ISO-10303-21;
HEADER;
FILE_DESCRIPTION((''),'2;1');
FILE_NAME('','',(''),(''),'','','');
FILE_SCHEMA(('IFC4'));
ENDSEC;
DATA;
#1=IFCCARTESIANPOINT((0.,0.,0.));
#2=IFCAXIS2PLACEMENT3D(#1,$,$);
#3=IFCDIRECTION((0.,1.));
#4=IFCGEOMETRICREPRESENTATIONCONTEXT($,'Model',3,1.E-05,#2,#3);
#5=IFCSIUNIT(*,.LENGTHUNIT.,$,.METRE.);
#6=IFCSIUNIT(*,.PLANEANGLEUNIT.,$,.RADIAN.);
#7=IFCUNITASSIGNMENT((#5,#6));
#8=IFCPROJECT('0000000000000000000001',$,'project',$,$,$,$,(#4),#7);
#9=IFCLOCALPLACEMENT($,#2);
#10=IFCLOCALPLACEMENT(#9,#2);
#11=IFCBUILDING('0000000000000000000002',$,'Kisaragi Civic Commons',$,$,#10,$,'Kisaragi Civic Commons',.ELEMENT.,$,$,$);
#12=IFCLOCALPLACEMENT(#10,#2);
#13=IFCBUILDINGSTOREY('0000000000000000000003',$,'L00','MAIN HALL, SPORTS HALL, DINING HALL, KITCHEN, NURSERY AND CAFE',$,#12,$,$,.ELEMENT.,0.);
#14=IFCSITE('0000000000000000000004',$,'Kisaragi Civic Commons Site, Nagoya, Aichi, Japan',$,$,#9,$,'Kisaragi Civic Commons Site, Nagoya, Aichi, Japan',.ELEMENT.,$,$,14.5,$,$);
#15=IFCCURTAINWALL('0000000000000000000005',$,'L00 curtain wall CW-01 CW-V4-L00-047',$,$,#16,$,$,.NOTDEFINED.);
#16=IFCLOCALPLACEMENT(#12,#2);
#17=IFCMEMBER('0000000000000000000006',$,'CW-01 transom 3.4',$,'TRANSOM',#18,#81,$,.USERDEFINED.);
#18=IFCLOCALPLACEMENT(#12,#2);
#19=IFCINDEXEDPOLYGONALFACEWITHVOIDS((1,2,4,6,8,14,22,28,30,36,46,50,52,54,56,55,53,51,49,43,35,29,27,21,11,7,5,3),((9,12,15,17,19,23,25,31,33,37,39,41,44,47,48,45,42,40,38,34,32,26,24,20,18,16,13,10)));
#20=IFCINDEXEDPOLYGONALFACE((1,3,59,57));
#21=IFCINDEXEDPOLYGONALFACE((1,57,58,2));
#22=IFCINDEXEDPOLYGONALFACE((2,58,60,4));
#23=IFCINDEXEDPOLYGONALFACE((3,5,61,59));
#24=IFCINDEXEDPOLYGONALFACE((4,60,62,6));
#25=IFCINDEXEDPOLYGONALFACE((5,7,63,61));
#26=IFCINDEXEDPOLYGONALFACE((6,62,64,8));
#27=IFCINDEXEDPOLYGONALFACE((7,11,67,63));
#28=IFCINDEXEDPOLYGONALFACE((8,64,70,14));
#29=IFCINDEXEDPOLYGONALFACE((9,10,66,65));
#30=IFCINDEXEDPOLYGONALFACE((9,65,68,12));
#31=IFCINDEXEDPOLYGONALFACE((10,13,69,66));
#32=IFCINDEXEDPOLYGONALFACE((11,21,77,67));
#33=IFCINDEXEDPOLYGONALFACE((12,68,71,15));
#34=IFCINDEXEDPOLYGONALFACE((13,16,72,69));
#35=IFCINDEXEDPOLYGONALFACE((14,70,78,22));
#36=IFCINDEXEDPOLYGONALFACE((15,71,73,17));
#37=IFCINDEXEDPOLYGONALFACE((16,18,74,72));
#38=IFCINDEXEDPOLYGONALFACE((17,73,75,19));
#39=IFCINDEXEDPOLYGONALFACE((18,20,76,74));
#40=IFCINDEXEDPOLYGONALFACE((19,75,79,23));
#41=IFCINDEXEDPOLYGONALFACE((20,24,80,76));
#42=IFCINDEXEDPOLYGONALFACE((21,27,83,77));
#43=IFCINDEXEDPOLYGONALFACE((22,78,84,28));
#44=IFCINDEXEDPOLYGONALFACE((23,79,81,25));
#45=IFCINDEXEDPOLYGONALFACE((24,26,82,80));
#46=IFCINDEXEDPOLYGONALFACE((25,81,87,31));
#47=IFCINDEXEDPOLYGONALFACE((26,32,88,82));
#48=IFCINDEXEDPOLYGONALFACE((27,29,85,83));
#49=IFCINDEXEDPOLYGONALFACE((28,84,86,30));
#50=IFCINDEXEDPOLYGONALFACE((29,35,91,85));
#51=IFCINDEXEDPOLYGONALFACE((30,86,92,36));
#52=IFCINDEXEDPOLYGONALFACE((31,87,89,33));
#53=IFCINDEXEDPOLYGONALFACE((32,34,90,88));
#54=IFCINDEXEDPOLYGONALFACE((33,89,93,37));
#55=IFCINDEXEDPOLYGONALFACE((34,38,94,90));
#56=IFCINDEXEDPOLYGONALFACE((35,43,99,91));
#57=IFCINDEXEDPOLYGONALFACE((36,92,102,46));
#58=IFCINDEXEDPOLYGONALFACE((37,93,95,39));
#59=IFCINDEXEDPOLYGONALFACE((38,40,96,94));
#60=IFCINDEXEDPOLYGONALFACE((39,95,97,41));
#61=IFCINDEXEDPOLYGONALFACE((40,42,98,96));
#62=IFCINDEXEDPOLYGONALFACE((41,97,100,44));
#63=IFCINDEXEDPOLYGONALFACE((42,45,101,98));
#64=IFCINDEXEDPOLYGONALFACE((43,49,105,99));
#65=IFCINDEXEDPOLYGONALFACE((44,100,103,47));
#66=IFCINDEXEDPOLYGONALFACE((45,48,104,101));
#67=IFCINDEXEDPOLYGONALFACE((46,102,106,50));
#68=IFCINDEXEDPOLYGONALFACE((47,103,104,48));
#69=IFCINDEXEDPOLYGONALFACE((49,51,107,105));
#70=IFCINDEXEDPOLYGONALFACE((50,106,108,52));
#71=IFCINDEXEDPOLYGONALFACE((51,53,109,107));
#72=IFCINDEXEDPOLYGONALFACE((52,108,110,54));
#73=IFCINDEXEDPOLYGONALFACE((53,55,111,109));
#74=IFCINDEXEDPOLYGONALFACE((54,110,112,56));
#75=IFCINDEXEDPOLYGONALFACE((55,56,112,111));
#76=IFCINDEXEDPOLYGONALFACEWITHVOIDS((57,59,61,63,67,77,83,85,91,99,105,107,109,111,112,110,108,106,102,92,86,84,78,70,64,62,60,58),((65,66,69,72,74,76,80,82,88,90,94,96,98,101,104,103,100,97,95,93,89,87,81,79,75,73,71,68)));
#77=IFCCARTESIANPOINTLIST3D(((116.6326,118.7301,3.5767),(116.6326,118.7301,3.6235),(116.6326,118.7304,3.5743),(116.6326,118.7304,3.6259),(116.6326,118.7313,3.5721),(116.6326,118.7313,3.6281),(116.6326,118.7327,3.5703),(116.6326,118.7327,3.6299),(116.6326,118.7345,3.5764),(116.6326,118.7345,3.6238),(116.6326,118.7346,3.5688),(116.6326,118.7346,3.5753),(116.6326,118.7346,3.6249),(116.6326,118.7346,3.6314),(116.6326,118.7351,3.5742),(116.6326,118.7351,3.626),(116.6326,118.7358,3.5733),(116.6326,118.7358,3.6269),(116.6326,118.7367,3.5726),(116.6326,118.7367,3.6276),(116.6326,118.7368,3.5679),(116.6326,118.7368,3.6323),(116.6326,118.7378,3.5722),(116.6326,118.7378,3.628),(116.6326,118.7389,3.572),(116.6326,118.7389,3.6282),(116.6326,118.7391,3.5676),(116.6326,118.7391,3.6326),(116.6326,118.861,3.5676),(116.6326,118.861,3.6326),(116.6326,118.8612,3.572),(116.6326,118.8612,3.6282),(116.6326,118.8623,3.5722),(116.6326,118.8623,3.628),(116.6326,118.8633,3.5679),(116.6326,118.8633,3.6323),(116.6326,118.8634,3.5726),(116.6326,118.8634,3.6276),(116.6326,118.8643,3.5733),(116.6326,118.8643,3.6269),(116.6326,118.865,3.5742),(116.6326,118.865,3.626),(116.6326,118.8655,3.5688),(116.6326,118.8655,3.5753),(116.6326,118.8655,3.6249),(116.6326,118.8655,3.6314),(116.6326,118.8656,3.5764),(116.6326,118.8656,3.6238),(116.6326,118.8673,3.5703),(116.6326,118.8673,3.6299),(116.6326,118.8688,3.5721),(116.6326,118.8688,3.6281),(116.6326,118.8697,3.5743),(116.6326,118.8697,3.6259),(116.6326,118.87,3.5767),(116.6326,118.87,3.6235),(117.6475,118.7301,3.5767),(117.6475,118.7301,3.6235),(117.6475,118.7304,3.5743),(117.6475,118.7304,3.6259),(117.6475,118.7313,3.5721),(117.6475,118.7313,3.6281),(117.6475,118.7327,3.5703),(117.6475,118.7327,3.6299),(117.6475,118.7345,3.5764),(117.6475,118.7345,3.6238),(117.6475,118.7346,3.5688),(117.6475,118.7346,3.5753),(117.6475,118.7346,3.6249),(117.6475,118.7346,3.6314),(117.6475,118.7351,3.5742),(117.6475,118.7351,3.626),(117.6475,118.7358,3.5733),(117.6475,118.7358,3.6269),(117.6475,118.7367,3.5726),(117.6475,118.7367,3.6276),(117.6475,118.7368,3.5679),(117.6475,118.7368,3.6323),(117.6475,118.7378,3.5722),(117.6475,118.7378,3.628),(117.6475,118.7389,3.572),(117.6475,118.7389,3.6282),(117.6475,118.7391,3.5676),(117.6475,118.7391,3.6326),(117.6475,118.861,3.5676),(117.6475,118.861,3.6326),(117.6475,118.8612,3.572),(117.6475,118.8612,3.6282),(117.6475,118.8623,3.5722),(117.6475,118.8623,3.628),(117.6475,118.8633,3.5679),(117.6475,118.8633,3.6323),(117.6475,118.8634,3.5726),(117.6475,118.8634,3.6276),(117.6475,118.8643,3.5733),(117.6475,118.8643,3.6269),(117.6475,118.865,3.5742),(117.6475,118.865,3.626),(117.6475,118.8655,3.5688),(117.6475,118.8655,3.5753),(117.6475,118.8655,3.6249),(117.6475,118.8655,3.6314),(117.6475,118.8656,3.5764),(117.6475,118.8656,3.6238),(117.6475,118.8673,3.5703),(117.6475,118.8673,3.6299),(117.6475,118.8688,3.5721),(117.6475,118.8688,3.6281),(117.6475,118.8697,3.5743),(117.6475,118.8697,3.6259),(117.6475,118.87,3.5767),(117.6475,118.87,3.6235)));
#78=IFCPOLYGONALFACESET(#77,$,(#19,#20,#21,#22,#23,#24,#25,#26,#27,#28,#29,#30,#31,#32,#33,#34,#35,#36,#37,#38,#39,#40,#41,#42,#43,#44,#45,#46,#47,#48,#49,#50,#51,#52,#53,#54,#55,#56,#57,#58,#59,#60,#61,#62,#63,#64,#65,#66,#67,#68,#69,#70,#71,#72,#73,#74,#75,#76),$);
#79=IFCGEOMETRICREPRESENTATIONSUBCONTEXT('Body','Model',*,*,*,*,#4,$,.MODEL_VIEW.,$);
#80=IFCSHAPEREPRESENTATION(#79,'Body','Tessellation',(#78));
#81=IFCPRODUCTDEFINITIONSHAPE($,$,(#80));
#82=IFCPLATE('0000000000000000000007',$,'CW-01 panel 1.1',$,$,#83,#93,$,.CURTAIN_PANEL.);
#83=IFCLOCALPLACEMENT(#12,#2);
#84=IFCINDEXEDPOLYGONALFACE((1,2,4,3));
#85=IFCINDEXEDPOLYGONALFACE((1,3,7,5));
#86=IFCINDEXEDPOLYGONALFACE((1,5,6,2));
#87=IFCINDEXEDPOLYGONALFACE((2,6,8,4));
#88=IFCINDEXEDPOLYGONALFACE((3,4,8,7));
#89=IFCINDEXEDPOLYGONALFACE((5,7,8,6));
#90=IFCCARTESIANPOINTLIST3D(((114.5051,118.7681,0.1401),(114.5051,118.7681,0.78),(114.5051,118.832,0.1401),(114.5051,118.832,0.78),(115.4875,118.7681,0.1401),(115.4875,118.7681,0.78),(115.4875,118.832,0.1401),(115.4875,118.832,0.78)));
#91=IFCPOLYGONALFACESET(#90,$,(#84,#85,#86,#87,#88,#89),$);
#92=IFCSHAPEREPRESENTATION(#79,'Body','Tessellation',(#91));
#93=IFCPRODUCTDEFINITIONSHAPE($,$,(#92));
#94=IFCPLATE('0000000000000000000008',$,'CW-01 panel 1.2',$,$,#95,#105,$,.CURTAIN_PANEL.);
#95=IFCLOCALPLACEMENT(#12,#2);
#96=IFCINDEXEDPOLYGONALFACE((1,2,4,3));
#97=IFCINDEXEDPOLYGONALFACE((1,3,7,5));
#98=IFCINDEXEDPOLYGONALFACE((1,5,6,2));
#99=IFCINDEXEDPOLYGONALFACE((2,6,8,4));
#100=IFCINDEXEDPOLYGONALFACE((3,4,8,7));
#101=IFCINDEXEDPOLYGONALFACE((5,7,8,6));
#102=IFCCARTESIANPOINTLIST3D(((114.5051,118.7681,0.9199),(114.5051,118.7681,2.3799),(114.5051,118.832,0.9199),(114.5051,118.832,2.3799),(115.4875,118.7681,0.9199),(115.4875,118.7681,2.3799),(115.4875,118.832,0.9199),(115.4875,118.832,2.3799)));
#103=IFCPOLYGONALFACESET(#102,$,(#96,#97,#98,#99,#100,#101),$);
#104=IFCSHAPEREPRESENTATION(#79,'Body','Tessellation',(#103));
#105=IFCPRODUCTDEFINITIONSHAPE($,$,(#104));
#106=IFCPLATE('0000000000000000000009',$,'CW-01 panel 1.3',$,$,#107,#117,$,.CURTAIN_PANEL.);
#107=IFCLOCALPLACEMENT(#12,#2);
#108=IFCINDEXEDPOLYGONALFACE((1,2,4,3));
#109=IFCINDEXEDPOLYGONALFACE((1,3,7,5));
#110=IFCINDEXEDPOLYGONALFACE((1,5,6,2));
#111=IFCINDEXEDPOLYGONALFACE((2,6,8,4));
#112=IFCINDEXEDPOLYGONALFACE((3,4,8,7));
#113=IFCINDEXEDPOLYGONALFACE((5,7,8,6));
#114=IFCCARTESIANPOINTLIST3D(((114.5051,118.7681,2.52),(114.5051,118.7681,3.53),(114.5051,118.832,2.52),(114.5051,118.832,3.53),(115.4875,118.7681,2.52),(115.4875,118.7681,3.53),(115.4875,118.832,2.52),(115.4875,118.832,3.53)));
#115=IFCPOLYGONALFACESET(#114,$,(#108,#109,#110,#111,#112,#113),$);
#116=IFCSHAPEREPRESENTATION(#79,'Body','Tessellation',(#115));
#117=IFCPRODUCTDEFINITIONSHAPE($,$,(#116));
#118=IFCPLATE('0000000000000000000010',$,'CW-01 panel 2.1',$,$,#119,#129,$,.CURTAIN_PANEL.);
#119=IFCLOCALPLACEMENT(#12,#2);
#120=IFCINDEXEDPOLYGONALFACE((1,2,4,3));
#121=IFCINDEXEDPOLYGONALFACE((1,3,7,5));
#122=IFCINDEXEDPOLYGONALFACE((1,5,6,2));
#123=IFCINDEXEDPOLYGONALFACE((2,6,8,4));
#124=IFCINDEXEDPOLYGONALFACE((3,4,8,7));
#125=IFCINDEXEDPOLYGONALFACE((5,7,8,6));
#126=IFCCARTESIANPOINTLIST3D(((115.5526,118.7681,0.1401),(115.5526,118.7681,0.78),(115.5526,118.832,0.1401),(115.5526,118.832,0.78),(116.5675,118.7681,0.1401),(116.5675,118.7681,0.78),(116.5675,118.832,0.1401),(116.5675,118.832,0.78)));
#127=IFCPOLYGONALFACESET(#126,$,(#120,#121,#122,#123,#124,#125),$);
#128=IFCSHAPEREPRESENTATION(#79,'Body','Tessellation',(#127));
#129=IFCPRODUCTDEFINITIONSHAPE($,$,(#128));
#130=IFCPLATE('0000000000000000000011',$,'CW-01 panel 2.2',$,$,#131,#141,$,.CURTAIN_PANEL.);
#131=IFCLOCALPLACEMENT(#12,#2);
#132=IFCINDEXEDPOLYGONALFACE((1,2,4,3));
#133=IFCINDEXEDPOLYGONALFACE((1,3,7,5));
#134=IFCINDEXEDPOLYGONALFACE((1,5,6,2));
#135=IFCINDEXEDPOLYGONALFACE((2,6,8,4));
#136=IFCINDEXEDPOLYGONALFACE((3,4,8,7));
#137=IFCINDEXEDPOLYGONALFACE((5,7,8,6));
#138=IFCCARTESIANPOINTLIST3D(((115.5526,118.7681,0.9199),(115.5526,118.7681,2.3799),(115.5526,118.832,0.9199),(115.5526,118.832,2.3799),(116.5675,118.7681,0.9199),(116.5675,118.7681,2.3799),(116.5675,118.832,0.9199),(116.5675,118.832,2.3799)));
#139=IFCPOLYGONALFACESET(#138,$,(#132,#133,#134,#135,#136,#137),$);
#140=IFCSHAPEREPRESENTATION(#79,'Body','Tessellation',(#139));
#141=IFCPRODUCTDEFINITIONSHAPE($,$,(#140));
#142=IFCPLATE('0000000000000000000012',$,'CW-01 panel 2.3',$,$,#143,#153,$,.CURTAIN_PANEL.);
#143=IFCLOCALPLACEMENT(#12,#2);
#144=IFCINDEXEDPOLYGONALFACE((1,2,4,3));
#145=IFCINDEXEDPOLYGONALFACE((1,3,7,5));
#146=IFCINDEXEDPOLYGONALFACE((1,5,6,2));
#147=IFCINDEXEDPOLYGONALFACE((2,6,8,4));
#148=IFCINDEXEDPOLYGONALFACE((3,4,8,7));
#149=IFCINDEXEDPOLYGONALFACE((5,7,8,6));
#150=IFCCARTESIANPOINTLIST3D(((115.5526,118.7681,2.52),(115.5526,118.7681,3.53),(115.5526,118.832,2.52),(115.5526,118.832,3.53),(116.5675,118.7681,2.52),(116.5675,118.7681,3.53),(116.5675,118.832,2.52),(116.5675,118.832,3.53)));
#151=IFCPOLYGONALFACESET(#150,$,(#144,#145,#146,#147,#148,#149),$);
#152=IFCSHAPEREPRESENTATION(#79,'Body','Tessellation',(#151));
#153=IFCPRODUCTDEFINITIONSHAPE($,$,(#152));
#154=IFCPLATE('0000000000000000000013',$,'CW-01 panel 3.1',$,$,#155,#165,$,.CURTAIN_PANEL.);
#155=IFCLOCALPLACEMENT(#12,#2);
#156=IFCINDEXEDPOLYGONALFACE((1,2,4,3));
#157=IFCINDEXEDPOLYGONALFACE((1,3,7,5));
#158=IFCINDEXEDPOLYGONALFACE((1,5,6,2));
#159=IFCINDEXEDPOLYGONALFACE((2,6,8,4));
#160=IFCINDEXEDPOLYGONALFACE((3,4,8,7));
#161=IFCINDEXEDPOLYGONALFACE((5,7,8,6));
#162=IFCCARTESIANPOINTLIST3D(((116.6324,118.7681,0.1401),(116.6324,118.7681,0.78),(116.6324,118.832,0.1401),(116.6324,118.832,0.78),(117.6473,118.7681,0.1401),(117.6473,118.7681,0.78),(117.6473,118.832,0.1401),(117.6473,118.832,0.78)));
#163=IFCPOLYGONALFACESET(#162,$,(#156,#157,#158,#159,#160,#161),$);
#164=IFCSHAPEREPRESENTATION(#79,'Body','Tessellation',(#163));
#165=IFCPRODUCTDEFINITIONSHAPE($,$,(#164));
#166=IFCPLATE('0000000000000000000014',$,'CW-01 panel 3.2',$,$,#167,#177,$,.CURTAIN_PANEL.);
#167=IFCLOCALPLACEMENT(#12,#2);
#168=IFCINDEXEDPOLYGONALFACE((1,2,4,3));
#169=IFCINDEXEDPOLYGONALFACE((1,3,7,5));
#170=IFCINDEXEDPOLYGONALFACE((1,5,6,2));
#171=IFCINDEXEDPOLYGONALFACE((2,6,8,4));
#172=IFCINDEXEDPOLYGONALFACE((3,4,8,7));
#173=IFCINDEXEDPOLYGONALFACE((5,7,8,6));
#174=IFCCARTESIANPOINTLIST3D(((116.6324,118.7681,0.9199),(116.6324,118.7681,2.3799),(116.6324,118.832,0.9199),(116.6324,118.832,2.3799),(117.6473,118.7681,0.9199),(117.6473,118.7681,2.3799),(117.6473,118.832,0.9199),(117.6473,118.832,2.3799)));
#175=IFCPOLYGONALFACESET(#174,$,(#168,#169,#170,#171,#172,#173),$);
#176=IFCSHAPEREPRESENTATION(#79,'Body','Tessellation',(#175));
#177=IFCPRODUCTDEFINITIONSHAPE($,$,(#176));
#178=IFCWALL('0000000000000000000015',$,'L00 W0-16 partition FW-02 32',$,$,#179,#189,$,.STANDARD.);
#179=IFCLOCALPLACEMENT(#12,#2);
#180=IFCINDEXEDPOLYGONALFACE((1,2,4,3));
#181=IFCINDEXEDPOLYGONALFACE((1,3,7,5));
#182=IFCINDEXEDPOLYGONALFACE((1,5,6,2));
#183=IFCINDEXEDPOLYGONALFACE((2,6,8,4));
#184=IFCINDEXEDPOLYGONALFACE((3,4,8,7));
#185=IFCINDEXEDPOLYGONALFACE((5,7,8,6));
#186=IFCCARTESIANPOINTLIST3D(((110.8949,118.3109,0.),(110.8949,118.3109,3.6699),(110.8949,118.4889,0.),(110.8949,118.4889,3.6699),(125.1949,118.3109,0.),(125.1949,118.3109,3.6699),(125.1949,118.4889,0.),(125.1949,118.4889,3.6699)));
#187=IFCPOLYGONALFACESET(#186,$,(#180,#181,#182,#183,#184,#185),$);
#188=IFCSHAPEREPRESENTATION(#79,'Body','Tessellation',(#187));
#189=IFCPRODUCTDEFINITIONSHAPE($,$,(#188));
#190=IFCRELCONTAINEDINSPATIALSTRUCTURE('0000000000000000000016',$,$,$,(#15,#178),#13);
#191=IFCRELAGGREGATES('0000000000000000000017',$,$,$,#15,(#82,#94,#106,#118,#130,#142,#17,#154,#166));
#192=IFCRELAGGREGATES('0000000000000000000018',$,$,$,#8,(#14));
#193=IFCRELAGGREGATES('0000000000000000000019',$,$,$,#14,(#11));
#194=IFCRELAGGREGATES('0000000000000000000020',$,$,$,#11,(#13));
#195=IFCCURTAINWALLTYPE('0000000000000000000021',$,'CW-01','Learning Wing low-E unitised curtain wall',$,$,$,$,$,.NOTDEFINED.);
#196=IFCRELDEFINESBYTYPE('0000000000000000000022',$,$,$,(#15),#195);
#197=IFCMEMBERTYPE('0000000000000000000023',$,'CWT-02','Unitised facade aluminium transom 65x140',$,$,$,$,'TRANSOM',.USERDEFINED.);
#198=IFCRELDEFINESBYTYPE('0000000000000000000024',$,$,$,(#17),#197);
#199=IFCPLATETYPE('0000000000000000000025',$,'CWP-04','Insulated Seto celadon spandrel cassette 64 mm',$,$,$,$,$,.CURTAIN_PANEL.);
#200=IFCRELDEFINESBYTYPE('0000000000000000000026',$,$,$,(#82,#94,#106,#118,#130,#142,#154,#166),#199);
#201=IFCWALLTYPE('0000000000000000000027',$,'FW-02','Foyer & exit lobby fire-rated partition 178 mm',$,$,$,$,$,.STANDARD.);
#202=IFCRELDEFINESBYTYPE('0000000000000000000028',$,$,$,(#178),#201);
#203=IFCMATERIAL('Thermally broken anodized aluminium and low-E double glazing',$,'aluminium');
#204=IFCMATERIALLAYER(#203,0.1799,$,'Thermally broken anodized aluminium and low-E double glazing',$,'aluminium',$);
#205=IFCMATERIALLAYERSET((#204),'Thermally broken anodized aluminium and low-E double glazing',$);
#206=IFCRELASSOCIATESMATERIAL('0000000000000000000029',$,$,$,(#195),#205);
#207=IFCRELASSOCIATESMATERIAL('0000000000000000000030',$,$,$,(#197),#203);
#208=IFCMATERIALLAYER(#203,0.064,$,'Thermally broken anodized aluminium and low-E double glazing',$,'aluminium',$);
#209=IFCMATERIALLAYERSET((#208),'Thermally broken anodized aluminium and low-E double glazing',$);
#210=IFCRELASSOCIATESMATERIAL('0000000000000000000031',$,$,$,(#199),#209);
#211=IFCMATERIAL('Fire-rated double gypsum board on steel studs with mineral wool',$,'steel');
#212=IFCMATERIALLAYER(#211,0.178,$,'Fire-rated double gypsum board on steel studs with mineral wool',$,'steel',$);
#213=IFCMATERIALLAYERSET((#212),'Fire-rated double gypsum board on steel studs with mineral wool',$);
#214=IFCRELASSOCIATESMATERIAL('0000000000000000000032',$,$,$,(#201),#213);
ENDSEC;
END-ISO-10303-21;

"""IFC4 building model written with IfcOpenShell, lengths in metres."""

from ifc_helpers import new_model, si_unit, direction, frame, frame_2d, origin, origin_2d, place, context, subcontext, project, spatial, rectangle, hollow_rectangle, extrude, material, layer, layer_set, material_profile, profile_set, type_object, element, aggregate, save


model = new_model("IFC4")

# Units and contexts
model_context = context("Model", 3, precision=1e-05, world=origin(), true_north=direction((0.0, 1.0)))
body_context = subcontext(model_context, "Body", "Model", "MODEL_VIEW")
ifc_project = project(units=[si_unit("LENGTHUNIT", "METRE"), si_unit("PLANEANGLEUNIT", "RADIAN")], contexts=[model_context])

# Site, building, storey
site_placement = place(None, origin())
site = spatial("IfcSite", under=ifc_project, at=site_placement, Name="Kisaragi Civic Commons Site, Nagoya, Aichi, Japan", LongName="Kisaragi Civic Commons Site, Nagoya, Aichi, Japan", CompositionType="ELEMENT", RefElevation=14.5)
building_placement = place(site_placement, origin())
building = spatial("IfcBuilding", under=site, at=building_placement, Name="Kisaragi Civic Commons", LongName="Kisaragi Civic Commons", CompositionType="ELEMENT")
storey_placement = place(building_placement, origin())
storey = spatial("IfcBuildingStorey", under=building, at=storey_placement, Name="L00", Description="MAIN HALL, SPORTS HALL, DINING HALL, KITCHEN, NURSERY AND CAFE", CompositionType="ELEMENT", Elevation=0.0)

# Curtain wall, member, plates
ifc_material_1 = material(Name="Thermally broken anodized aluminium and low-E double glazing", Category="aluminium")
ifc_layer_1 = layer(ifc_material_1, 0.1799, Name="Thermally broken anodized aluminium and low-E double glazing", Category="aluminium")
ifc_layer_set_1 = layer_set([ifc_layer_1], Name="Thermally broken anodized aluminium and low-E double glazing")
curtain_wall_type = type_object("IfcCurtainWallType", Name="CW-01", Description="Learning Wing low-E unitised curtain wall", PredefinedType="NOTDEFINED", material=ifc_layer_set_1)
curtain_wall_placement = place(storey_placement, origin())
curtain_wall = element("IfcCurtainWall", 1, at=curtain_wall_placement, inside=storey, type_object=curtain_wall_type, Name="L00 curtain wall CW-01 CW-V4-L00-047", PredefinedType="NOTDEFINED")
ifc_material_profile_1 = material_profile(ifc_material_1, hollow_rectangle(XDim=0.1399, YDim=0.0649, WallThickness=0.0044, InnerFilletRadius=0.0044, OuterFilletRadius=0.009, at=origin_2d()), Name="CWT-65x140x4.5", Category="aluminium")
ifc_profile_set_1 = profile_set([ifc_material_profile_1], Name="Thermally broken anodized aluminium and low-E double glazing")
member_type_1 = type_object("IfcMemberType", Name="CWT-02", Description="Unitised facade aluminium transom 65x140", ElementType="TRANSOM", PredefinedType="USERDEFINED", material=ifc_profile_set_1)
member_1_placement = place(storey_placement, frame((116.6326, 118.8, 3.6001), z_axis=(1.0, 0.0, 0.0), x_axis=(0.0, 1.0, 0.0)))
member_1 = element("IfcMember", 2, at=member_1_placement, type_object=member_type_1, Name="CW-01 transom 3.4", ObjectType="TRANSOM", PredefinedType="USERDEFINED", context=body_context, shape_type="SweptSolid", body=[
    extrude(hollow_rectangle(XDim=0.1399, YDim=0.0649, WallThickness=0.0044, InnerFilletRadius=0.0044, OuterFilletRadius=0.009, at=origin_2d()), origin(), (0.0, 0.0, 1.0), 1.0149),
])
ifc_layer_2 = layer(ifc_material_1, 0.064, Name="Thermally broken anodized aluminium and low-E double glazing", Category="aluminium")
ifc_layer_set_2 = layer_set([ifc_layer_2], Name="Thermally broken anodized aluminium and low-E double glazing")
plate_type = type_object("IfcPlateType", Name="CWP-04", Description="Insulated Seto celadon spandrel cassette 64 mm", PredefinedType="CURTAIN_PANEL", material=ifc_layer_set_2)
plate_1_placement = place(storey_placement, frame((114.9963, 118.8, 0.1401), z_axis=(0.0, 0.0, 1.0), x_axis=(1.0, 0.0, 0.0)))
plate_1 = element("IfcPlate", 3, at=plate_1_placement, type_object=plate_type, Name="CW-01 panel 1.1", PredefinedType="CURTAIN_PANEL", context=body_context, shape_type="SweptSolid", body=[
    extrude(rectangle(XDim=0.9824, YDim=0.064, at=origin_2d()), origin(), (0.0, 0.0, 1.0), 0.6399),
])
plate_2_placement = place(storey_placement, frame((114.9963, 118.8, 0.9199), z_axis=(0.0, 0.0, 1.0), x_axis=(1.0, 0.0, 0.0)))
plate_2 = element("IfcPlate", 4, at=plate_2_placement, type_object=plate_type, Name="CW-01 panel 1.2", PredefinedType="CURTAIN_PANEL", context=body_context, shape_type="SweptSolid", body=[
    extrude(rectangle(XDim=0.9824, YDim=0.064, at=origin_2d()), origin(), (0.0, 0.0, 1.0), 1.46),
])
plate_3_placement = place(storey_placement, frame((114.9963, 118.8, 2.52), z_axis=(0.0, 0.0, 1.0), x_axis=(1.0, 0.0, 0.0)))
plate_3 = element("IfcPlate", 5, at=plate_3_placement, type_object=plate_type, Name="CW-01 panel 1.3", PredefinedType="CURTAIN_PANEL", context=body_context, shape_type="SweptSolid", body=[
    extrude(rectangle(XDim=0.9824, YDim=0.064, at=origin_2d()), origin(), (0.0, 0.0, 1.0), 1.01),
])
plate_4_placement = place(storey_placement, frame((116.0601, 118.8, 0.1401), z_axis=(0.0, 0.0, 1.0), x_axis=(1.0, 0.0, 0.0)))
plate_4 = element("IfcPlate", 6, at=plate_4_placement, type_object=plate_type, Name="CW-01 panel 2.1", PredefinedType="CURTAIN_PANEL", context=body_context, shape_type="SweptSolid", body=[
    extrude(rectangle(XDim=1.0149, YDim=0.064, at=origin_2d()), origin(), (0.0, 0.0, 1.0), 0.6399),
])
plate_5_placement = place(storey_placement, frame((116.0601, 118.8, 0.9199), z_axis=(0.0, 0.0, 1.0), x_axis=(1.0, 0.0, 0.0)))
plate_5 = element("IfcPlate", 7, at=plate_5_placement, type_object=plate_type, Name="CW-01 panel 2.2", PredefinedType="CURTAIN_PANEL", context=body_context, shape_type="SweptSolid", body=[
    extrude(rectangle(XDim=1.0149, YDim=0.064, at=origin_2d()), origin(), (0.0, 0.0, 1.0), 1.46),
])
plate_6_placement = place(storey_placement, frame((116.0601, 118.8, 2.52), z_axis=(0.0, 0.0, 1.0), x_axis=(1.0, 0.0, 0.0)))
plate_6 = element("IfcPlate", 8, at=plate_6_placement, type_object=plate_type, Name="CW-01 panel 2.3", PredefinedType="CURTAIN_PANEL", context=body_context, shape_type="SweptSolid", body=[
    extrude(rectangle(XDim=1.0149, YDim=0.064, at=origin_2d()), origin(), (0.0, 0.0, 1.0), 1.01),
])
plate_7_placement = place(storey_placement, frame((117.1399, 118.8, 0.1401), z_axis=(0.0, 0.0, 1.0), x_axis=(1.0, 0.0, 0.0)))
plate_7 = element("IfcPlate", 9, at=plate_7_placement, type_object=plate_type, Name="CW-01 panel 3.1", PredefinedType="CURTAIN_PANEL", context=body_context, shape_type="SweptSolid", body=[
    extrude(rectangle(XDim=1.0149, YDim=0.064, at=origin_2d()), origin(), (0.0, 0.0, 1.0), 0.6399),
])
plate_8_placement = place(storey_placement, frame((117.1399, 118.8, 0.9199), z_axis=(0.0, 0.0, 1.0), x_axis=(1.0, 0.0, 0.0)))
plate_8 = element("IfcPlate", 10, at=plate_8_placement, type_object=plate_type, Name="CW-01 panel 3.2", PredefinedType="CURTAIN_PANEL", context=body_context, shape_type="SweptSolid", body=[
    extrude(rectangle(XDim=1.0149, YDim=0.064, at=origin_2d()), origin(), (0.0, 0.0, 1.0), 1.46),
])
aggregate(curtain_wall, [plate_1, plate_2, plate_3, plate_4, plate_5, plate_6, member_1, plate_7, plate_8])

# Wall
ifc_material_2 = material(Name="Fire-rated double gypsum board on steel studs with mineral wool", Category="steel")
ifc_layer_3 = layer(ifc_material_2, 0.178, Name="Fire-rated double gypsum board on steel studs with mineral wool", Category="steel")
ifc_layer_set_3 = layer_set([ifc_layer_3], Name="Fire-rated double gypsum board on steel studs with mineral wool")
wall_type_1 = type_object("IfcWallType", Name="FW-02", Description="Foyer & exit lobby fire-rated partition 178 mm", PredefinedType="STANDARD", material=ifc_layer_set_3)
wall_1_placement = place(storey_placement, frame((110.895, 118.3999, 0.0), z_axis=(0.0, 0.0, 1.0), x_axis=(1.0, 0.0, 0.0)))
element("IfcWall", 11, at=wall_1_placement, inside=storey, type_object=wall_type_1, Name="L00 W0-16 partition FW-02 32", PredefinedType="STANDARD", context=body_context, shape_type="SweptSolid", body=[
    extrude(rectangle(XDim=14.3, YDim=0.178, at=frame_2d((7.1499, 0.0))), origin(), (0.0, 0.0, 1.0), 3.6699),
])

save(model, "model.ifc")
